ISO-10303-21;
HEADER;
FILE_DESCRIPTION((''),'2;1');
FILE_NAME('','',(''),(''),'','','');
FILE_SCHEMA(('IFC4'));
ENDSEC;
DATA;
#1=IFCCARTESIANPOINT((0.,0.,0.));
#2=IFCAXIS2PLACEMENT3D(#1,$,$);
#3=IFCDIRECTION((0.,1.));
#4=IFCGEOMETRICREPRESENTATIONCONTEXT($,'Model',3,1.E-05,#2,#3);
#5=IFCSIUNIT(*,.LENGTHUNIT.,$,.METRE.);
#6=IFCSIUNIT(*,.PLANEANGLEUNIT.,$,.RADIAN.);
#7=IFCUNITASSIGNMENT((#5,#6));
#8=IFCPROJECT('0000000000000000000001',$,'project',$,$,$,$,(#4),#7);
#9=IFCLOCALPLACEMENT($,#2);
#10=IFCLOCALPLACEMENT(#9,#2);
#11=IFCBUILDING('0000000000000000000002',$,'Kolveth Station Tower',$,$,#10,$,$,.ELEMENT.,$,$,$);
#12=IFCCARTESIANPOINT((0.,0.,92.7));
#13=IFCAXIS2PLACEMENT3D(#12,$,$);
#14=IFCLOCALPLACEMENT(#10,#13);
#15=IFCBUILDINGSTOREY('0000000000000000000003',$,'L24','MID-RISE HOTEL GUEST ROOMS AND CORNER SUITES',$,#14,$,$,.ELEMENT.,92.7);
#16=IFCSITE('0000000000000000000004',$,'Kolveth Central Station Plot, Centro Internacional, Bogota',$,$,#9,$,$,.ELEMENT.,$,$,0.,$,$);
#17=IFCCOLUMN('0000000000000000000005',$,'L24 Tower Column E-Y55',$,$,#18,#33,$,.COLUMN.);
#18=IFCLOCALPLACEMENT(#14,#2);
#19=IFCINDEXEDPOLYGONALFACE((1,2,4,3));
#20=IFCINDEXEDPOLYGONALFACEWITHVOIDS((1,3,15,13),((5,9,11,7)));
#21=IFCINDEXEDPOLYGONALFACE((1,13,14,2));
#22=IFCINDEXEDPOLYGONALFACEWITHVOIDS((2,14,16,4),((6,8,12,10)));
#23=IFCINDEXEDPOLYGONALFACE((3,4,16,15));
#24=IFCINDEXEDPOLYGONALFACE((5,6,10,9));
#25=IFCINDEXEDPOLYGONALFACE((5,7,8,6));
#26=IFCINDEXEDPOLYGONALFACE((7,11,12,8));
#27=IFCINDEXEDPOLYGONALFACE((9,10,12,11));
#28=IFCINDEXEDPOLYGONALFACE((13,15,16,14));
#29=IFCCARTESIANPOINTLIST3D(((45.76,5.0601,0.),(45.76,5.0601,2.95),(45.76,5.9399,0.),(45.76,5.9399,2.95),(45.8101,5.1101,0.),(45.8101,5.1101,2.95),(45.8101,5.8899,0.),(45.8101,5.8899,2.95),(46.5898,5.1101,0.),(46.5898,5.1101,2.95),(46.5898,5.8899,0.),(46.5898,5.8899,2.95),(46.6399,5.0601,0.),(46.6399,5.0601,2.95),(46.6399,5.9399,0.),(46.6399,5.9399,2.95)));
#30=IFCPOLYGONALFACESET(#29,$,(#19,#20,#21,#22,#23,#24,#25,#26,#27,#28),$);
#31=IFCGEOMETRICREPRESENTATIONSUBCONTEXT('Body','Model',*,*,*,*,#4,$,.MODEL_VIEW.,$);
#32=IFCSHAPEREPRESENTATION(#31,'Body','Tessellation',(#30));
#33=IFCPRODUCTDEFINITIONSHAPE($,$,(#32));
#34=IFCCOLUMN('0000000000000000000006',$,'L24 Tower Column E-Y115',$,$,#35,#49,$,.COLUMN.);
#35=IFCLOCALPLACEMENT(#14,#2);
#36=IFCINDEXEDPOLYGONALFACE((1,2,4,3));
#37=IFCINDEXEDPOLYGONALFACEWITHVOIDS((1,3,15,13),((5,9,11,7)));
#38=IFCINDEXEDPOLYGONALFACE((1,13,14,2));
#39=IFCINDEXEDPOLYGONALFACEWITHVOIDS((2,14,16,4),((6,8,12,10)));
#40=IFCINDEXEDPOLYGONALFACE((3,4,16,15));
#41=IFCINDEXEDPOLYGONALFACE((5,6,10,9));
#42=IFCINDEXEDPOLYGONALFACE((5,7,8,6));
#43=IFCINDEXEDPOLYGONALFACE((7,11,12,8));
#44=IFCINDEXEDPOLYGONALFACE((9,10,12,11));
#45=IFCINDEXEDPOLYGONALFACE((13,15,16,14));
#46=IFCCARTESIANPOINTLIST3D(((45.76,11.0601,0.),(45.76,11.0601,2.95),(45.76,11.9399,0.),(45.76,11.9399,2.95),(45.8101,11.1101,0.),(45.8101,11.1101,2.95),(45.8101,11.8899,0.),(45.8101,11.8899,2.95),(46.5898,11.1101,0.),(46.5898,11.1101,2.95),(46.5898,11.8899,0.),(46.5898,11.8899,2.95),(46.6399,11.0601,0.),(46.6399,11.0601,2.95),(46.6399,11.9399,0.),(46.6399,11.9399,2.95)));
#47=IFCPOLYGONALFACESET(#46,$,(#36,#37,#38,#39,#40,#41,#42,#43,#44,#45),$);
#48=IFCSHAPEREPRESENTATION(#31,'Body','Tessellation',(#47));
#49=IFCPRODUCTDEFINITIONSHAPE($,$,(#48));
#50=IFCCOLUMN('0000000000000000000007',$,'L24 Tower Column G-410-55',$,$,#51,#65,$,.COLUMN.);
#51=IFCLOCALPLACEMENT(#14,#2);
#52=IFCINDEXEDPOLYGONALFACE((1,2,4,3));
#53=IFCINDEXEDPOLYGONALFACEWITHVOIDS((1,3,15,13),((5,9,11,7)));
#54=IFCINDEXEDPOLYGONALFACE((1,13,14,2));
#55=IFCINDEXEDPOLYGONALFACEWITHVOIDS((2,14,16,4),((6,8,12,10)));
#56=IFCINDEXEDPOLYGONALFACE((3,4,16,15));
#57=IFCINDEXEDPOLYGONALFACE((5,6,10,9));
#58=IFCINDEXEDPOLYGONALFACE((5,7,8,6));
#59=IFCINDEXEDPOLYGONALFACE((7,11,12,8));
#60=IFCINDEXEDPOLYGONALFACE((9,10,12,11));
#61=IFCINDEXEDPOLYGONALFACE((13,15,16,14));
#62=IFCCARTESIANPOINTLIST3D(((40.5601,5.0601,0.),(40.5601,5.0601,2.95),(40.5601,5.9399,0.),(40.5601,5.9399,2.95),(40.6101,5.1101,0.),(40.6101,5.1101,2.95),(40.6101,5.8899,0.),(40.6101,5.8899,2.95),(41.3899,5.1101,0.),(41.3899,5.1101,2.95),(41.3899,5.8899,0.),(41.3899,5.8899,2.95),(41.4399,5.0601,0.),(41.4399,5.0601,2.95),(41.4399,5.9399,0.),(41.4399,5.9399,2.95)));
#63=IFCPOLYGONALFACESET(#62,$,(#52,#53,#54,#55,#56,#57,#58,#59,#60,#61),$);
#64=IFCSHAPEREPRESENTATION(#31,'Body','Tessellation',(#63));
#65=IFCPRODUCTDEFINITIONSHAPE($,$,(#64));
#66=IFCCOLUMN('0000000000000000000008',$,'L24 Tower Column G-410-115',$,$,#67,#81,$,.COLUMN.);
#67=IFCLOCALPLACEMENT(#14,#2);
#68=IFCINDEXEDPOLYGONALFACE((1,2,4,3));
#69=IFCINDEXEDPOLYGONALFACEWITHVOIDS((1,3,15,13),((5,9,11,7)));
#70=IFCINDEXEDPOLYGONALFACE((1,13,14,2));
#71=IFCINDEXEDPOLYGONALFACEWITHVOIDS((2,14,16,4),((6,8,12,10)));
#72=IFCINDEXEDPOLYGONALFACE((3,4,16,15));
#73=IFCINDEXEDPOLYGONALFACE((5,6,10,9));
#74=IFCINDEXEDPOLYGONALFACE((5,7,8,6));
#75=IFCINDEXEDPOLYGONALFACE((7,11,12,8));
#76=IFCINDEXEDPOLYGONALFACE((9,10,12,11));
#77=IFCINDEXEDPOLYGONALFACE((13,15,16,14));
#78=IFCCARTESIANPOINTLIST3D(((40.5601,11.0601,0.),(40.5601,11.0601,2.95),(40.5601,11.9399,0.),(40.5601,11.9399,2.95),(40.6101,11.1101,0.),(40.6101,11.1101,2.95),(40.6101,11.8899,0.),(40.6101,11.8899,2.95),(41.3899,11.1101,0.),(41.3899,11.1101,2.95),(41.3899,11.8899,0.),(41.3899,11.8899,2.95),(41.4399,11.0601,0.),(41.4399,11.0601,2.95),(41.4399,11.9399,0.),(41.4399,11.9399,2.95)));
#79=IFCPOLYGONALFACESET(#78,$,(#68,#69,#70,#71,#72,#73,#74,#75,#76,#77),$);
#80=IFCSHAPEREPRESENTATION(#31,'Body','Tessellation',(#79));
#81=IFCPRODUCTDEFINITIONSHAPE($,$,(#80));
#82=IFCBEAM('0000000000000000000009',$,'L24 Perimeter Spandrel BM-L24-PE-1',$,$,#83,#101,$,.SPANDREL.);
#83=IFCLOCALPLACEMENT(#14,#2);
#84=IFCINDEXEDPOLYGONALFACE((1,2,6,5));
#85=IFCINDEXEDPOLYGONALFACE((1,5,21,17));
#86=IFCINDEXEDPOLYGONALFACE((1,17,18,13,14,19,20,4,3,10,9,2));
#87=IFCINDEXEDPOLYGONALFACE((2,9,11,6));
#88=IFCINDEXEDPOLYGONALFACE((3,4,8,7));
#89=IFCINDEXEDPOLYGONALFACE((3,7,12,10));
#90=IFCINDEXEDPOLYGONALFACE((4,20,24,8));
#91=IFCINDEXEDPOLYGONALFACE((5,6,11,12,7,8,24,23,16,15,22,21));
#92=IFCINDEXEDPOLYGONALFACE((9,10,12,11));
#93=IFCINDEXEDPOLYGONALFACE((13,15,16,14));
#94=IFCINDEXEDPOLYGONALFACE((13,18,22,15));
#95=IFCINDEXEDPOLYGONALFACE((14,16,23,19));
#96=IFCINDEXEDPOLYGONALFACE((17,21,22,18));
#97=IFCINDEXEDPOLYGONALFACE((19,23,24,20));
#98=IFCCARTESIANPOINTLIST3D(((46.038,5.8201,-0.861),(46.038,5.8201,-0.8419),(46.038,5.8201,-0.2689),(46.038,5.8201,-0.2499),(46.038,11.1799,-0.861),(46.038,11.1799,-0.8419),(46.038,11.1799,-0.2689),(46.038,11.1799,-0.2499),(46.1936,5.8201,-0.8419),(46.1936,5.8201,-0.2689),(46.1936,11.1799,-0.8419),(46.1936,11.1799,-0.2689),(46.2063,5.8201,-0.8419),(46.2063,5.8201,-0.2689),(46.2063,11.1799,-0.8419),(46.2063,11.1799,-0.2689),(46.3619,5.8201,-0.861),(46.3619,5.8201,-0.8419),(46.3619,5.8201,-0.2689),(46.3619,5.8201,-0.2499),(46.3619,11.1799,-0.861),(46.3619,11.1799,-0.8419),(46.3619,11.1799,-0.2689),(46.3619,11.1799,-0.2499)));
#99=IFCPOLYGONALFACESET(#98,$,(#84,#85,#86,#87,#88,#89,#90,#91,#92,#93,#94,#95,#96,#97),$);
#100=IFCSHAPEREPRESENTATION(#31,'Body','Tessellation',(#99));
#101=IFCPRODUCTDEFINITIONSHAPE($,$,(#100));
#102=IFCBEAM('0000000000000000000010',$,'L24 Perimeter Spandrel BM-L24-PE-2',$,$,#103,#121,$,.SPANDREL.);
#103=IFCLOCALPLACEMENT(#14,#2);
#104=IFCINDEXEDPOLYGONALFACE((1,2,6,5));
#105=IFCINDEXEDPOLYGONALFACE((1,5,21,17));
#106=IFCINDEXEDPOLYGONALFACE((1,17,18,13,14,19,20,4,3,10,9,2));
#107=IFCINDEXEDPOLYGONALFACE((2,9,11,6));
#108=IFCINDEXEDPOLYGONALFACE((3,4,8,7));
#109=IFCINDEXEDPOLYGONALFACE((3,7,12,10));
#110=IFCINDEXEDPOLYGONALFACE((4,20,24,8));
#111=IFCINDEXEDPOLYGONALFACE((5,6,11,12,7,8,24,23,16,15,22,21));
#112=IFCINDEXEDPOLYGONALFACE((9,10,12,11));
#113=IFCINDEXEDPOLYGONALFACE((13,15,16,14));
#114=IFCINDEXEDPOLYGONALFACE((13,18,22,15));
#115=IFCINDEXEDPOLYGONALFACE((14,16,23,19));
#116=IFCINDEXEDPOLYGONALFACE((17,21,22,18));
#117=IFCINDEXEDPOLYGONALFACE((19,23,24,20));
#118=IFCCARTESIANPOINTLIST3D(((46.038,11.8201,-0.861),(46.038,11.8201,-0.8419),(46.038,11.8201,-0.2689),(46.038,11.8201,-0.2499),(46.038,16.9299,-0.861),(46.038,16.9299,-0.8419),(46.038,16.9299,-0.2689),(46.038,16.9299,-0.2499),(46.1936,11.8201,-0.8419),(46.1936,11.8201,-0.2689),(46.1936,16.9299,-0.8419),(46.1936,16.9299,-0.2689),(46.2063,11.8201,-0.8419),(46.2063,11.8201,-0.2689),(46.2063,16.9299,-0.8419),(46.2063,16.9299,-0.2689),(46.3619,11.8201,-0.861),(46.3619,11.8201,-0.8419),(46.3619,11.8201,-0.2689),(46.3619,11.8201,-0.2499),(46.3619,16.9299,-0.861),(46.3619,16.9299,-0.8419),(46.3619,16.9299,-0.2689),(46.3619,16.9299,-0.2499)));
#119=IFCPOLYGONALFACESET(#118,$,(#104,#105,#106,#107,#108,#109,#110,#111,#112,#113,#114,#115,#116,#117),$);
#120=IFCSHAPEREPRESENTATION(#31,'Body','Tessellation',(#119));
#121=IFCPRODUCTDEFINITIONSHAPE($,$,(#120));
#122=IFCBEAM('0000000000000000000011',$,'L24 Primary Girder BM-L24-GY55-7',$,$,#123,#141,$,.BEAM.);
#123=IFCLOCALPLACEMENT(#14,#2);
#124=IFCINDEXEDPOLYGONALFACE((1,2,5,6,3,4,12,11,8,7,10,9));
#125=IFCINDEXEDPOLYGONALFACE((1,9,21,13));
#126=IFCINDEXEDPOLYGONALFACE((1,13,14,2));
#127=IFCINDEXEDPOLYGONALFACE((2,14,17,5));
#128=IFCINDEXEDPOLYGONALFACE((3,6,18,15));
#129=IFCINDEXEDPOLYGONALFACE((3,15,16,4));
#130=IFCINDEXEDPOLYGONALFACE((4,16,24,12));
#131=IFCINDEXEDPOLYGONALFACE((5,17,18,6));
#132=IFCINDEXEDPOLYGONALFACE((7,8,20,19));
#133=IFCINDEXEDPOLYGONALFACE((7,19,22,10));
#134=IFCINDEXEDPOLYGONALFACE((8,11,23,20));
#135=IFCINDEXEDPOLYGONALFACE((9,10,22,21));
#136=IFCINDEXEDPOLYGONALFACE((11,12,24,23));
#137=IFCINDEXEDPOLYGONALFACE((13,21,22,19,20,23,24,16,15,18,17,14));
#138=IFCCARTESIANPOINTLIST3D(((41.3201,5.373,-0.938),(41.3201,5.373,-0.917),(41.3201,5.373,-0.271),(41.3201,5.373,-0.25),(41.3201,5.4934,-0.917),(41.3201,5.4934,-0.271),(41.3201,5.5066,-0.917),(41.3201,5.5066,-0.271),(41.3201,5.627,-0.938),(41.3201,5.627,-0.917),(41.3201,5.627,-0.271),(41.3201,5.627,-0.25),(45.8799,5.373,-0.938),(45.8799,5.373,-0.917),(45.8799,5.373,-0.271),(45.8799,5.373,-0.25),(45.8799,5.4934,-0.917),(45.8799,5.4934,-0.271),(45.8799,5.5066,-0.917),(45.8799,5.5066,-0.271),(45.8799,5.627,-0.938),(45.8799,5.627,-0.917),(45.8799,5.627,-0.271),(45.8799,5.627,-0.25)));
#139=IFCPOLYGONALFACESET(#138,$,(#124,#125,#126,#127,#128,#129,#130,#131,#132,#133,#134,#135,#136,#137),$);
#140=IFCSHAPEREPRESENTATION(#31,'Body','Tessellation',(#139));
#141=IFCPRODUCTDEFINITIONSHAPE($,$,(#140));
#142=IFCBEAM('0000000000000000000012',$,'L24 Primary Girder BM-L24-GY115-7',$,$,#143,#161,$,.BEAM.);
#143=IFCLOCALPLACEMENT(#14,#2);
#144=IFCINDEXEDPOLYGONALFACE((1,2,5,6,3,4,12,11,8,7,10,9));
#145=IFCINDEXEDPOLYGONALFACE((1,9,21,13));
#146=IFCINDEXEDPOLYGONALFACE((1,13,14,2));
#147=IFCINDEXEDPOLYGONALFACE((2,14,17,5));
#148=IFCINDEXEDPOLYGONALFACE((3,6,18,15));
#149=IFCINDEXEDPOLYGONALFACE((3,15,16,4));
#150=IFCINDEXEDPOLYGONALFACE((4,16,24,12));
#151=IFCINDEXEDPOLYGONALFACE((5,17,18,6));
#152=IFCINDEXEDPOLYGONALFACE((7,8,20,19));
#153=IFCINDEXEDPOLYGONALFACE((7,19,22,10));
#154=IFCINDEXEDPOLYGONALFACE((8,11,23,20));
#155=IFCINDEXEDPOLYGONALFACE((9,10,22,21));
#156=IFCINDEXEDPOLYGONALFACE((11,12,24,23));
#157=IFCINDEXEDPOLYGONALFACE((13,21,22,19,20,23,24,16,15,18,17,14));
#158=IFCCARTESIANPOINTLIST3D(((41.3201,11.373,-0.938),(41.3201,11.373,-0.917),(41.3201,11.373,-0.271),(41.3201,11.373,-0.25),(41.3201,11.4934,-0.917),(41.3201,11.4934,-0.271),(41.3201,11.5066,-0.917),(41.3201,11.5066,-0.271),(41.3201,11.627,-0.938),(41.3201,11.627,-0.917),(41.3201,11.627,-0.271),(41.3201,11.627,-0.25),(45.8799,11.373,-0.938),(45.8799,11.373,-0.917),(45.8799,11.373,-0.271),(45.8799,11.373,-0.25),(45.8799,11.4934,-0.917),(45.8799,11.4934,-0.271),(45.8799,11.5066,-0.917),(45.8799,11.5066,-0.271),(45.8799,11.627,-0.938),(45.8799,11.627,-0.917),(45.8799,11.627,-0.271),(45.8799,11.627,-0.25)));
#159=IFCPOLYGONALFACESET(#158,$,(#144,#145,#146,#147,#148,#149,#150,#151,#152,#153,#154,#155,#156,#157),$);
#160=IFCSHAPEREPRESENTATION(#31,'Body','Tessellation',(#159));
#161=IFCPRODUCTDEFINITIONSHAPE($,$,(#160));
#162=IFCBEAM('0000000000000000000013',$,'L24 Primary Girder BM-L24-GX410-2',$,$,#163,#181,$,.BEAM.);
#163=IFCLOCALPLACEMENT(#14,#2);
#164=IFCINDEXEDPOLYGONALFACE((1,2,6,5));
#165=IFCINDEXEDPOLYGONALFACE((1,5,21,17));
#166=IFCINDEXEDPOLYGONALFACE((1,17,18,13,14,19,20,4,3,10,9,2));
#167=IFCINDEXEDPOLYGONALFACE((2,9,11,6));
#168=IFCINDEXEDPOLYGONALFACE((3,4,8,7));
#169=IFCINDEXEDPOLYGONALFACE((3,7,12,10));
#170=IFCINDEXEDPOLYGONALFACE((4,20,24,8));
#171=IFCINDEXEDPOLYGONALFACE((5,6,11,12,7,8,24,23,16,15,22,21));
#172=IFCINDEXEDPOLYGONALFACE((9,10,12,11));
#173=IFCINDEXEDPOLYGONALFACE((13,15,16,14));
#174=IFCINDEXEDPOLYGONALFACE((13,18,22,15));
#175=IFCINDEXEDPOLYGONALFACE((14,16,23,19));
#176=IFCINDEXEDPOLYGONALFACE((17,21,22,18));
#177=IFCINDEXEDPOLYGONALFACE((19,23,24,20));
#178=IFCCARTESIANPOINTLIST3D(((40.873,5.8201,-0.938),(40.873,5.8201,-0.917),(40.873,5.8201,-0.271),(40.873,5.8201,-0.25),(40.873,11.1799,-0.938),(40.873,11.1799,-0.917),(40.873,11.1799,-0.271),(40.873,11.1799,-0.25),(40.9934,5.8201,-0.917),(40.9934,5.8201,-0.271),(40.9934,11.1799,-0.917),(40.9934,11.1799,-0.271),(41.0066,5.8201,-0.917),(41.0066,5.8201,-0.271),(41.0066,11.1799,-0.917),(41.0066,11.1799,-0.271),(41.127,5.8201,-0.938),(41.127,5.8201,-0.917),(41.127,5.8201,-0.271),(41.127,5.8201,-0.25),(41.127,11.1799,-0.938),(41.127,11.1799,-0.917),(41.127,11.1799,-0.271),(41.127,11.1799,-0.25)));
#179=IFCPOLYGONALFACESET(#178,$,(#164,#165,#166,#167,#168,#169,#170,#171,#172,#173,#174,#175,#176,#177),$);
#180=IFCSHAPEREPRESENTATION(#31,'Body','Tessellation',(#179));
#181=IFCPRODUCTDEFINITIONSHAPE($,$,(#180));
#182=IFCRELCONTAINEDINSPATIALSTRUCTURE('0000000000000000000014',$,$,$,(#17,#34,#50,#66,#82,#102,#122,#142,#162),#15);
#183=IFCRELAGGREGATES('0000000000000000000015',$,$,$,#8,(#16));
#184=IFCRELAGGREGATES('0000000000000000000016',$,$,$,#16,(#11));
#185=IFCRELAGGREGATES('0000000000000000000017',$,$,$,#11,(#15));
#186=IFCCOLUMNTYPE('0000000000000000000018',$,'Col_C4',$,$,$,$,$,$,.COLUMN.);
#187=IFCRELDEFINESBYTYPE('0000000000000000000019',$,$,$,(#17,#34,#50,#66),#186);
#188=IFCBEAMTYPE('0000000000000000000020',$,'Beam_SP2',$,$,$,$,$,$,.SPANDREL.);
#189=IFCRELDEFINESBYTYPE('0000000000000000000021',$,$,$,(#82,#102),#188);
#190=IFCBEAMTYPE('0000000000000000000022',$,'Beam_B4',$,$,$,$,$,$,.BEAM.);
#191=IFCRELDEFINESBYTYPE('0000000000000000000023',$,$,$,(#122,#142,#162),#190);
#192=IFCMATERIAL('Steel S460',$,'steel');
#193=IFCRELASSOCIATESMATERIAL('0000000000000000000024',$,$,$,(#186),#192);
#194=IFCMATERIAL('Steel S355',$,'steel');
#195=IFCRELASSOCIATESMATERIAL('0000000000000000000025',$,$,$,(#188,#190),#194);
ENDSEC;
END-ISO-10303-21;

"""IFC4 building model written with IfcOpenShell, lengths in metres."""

from ifc_helpers import new_model, si_unit, direction, frame, origin, origin_2d, place, context, subcontext, project, spatial, hollow_rectangle, i_section, extrude, source, transform, mapped, material, material_profile, profile_set, type_object, element, save


model = new_model("IFC4")

# Units and contexts
model_context = context("Model", 3, precision=1e-05, world=origin(), true_north=direction((0.0, 1.0)))
body_context = subcontext(model_context, "Body", "Model", "MODEL_VIEW")
ifc_project = project(units=[si_unit("LENGTHUNIT", "METRE"), si_unit("PLANEANGLEUNIT", "RADIAN")], contexts=[model_context])

# Site, building, storey
site_placement = place(None, origin())
site = spatial("IfcSite", under=ifc_project, at=site_placement, Name="Kolveth Central Station Plot, Centro Internacional, Bogota", CompositionType="ELEMENT", RefElevation=0.0)
building_placement = place(site_placement, origin())
building = spatial("IfcBuilding", under=site, at=building_placement, Name="Kolveth Station Tower", CompositionType="ELEMENT")
storey_placement = place(building_placement, frame((0.0, 0.0, 92.7)))
storey = spatial("IfcBuildingStorey", under=building, at=storey_placement, Name="L24", Description="MID-RISE HOTEL GUEST ROOMS AND CORNER SUITES", CompositionType="ELEMENT", Elevation=92.7)

# Columns
ifc_material_1 = material(Name="Steel S460", Category="steel")
ifc_material_profile_1 = material_profile(ifc_material_1, hollow_rectangle(XDim=0.8799, YDim=0.8799, WallThickness=0.05, at=origin_2d()), Name="BOX880x880x50")
ifc_profile_set_1 = profile_set([ifc_material_profile_1], Name="Steel S460")
column_type = type_object("IfcColumnType", Name="Col_C4", PredefinedType="COLUMN", material=ifc_profile_set_1)
shared_shape_1 = source(origin(), body_context, "Body", "SweptSolid", [
    extrude(hollow_rectangle(XDim=0.8799, YDim=0.8799, WallThickness=0.05, at=origin_2d()), origin(), (0.0, 0.0, 1.0), 2.95),
])
for number, where, z_axis, x_axis, name in (
    (1, (46.2, 5.5, 0.0), (0.0, 0.0, 1.0), (1.0, 0.0, 0.0), "L24 Tower Column E-Y55"),
    (2, (46.2, 11.5, 0.0), (0.0, 0.0, 1.0), (1.0, 0.0, 0.0), "L24 Tower Column E-Y115"),
    (3, (41.0, 5.5, 0.0), (0.0, 0.0, 1.0), (1.0, 0.0, 0.0), "L24 Tower Column G-410-55"),
    (4, (41.0, 11.5, 0.0), (0.0, 0.0, 1.0), (1.0, 0.0, 0.0), "L24 Tower Column G-410-115"),
):
    element("IfcColumn", number, at=place(storey_placement, frame(where, z_axis=z_axis, x_axis=x_axis)), inside=storey, type_object=column_type, Name=name, PredefinedType="COLUMN", context=body_context, shape_type="MappedRepresentation", body=[
        mapped(shared_shape_1, transform((0.0, 0.0, 0.0), x_axis=(1.0, 0.0, 0.0), y_axis=(0.0, 1.0, 0.0), z_axis=(0.0, 0.0, 1.0), scale=1.0)),
    ])

# Beams
ifc_material_2 = material(Name="Steel S355", Category="steel")
ifc_material_profile_2 = material_profile(ifc_material_2, i_section(OverallWidth=0.324, OverallDepth=0.6111, WebThickness=0.0127, FlangeThickness=0.019, at=origin_2d()), Name="W610x155")
ifc_profile_set_2 = profile_set([ifc_material_profile_2], Name="Steel S355")
beam_type_1 = type_object("IfcBeamType", Name="Beam_SP2", PredefinedType="SPANDREL", material=ifc_profile_set_2)
shared_shape_2 = source(origin(), body_context, "Body", "SweptSolid", [
    extrude(i_section(OverallWidth=0.324, OverallDepth=0.6111, WebThickness=0.0127, FlangeThickness=0.019, at=origin_2d()), origin(), (0.0, 0.0, 1.0), 5.3599),
])
beam_1_placement = place(storey_placement, frame((46.2, 5.8201, -0.5554), z_axis=(0.0, 1.0, 0.0), x_axis=(-1.0, 0.0, 0.0)))
element("IfcBeam", 5, at=beam_1_placement, inside=storey, type_object=beam_type_1, Name="L24 Perimeter Spandrel BM-L24-PE-1", PredefinedType="SPANDREL", context=body_context, shape_type="MappedRepresentation", body=[
    mapped(shared_shape_2, transform((0.0, 0.0, 0.0), x_axis=(1.0, 0.0, 0.0), y_axis=(0.0, 1.0, 0.0), z_axis=(0.0, 0.0, 1.0), scale=1.0)),
])
shared_shape_3 = source(origin(), body_context, "Body", "SweptSolid", [
    extrude(i_section(OverallWidth=0.324, OverallDepth=0.6111, WebThickness=0.0127, FlangeThickness=0.019, at=origin_2d()), origin(), (0.0, 0.0, 1.0), 5.1099),
])
beam_2_placement = place(storey_placement, frame((46.2, 11.8201, -0.5554), z_axis=(0.0, 1.0, 0.0), x_axis=(-1.0, 0.0, 0.0)))
element("IfcBeam", 6, at=beam_2_placement, inside=storey, type_object=beam_type_1, Name="L24 Perimeter Spandrel BM-L24-PE-2", PredefinedType="SPANDREL", context=body_context, shape_type="MappedRepresentation", body=[
    mapped(shared_shape_3, transform((0.0, 0.0, 0.0), x_axis=(1.0, 0.0, 0.0), y_axis=(0.0, 1.0, 0.0), z_axis=(0.0, 0.0, 1.0), scale=1.0)),
])
ifc_material_profile_3 = material_profile(ifc_material_2, i_section(OverallWidth=0.2539, OverallDepth=0.688, WebThickness=0.0132, FlangeThickness=0.021, at=origin_2d()), Name="W690x152")
ifc_profile_set_3 = profile_set([ifc_material_profile_3], Name="Steel S355")
beam_type_2 = type_object("IfcBeamType", Name="Beam_B4", PredefinedType="BEAM", material=ifc_profile_set_3)
shared_shape_4 = source(origin(), body_context, "Body", "SweptSolid", [
    extrude(i_section(OverallWidth=0.2539, OverallDepth=0.688, WebThickness=0.0132, FlangeThickness=0.021, at=origin_2d()), origin(), (0.0, 0.0, 1.0), 4.5598),
])
for number, where, z_axis, x_axis, name in (
    (7, (41.3201, 5.5, -0.594), (1.0, 0.0, 0.0), (0.0, 1.0, 0.0), "L24 Primary Girder BM-L24-GY55-7"),
    (8, (41.3201, 11.5, -0.594), (1.0, 0.0, 0.0), (0.0, 1.0, 0.0), "L24 Primary Girder BM-L24-GY115-7"),
):
    element("IfcBeam", number, at=place(storey_placement, frame(where, z_axis=z_axis, x_axis=x_axis)), inside=storey, type_object=beam_type_2, Name=name, PredefinedType="BEAM", context=body_context, shape_type="MappedRepresentation", body=[
        mapped(shared_shape_4, transform((0.0, 0.0, 0.0), x_axis=(1.0, 0.0, 0.0), y_axis=(0.0, 1.0, 0.0), z_axis=(0.0, 0.0, 1.0), scale=1.0)),
    ])
shared_shape_5 = source(origin(), body_context, "Body", "SweptSolid", [
    extrude(i_section(OverallWidth=0.2539, OverallDepth=0.688, WebThickness=0.0132, FlangeThickness=0.021, at=origin_2d()), origin(), (0.0, 0.0, 1.0), 5.3599),
])
beam_3_placement = place(storey_placement, frame((41.0, 5.8201, -0.594), z_axis=(0.0, 1.0, 0.0), x_axis=(-1.0, 0.0, 0.0)))
element("IfcBeam", 9, at=beam_3_placement, inside=storey, type_object=beam_type_2, Name="L24 Primary Girder BM-L24-GX410-2", PredefinedType="BEAM", context=body_context, shape_type="MappedRepresentation", body=[
    mapped(shared_shape_5, transform((0.0, 0.0, 0.0), x_axis=(1.0, 0.0, 0.0), y_axis=(0.0, 1.0, 0.0), z_axis=(0.0, 0.0, 1.0), scale=1.0)),
])

save(model, "model.ifc")
